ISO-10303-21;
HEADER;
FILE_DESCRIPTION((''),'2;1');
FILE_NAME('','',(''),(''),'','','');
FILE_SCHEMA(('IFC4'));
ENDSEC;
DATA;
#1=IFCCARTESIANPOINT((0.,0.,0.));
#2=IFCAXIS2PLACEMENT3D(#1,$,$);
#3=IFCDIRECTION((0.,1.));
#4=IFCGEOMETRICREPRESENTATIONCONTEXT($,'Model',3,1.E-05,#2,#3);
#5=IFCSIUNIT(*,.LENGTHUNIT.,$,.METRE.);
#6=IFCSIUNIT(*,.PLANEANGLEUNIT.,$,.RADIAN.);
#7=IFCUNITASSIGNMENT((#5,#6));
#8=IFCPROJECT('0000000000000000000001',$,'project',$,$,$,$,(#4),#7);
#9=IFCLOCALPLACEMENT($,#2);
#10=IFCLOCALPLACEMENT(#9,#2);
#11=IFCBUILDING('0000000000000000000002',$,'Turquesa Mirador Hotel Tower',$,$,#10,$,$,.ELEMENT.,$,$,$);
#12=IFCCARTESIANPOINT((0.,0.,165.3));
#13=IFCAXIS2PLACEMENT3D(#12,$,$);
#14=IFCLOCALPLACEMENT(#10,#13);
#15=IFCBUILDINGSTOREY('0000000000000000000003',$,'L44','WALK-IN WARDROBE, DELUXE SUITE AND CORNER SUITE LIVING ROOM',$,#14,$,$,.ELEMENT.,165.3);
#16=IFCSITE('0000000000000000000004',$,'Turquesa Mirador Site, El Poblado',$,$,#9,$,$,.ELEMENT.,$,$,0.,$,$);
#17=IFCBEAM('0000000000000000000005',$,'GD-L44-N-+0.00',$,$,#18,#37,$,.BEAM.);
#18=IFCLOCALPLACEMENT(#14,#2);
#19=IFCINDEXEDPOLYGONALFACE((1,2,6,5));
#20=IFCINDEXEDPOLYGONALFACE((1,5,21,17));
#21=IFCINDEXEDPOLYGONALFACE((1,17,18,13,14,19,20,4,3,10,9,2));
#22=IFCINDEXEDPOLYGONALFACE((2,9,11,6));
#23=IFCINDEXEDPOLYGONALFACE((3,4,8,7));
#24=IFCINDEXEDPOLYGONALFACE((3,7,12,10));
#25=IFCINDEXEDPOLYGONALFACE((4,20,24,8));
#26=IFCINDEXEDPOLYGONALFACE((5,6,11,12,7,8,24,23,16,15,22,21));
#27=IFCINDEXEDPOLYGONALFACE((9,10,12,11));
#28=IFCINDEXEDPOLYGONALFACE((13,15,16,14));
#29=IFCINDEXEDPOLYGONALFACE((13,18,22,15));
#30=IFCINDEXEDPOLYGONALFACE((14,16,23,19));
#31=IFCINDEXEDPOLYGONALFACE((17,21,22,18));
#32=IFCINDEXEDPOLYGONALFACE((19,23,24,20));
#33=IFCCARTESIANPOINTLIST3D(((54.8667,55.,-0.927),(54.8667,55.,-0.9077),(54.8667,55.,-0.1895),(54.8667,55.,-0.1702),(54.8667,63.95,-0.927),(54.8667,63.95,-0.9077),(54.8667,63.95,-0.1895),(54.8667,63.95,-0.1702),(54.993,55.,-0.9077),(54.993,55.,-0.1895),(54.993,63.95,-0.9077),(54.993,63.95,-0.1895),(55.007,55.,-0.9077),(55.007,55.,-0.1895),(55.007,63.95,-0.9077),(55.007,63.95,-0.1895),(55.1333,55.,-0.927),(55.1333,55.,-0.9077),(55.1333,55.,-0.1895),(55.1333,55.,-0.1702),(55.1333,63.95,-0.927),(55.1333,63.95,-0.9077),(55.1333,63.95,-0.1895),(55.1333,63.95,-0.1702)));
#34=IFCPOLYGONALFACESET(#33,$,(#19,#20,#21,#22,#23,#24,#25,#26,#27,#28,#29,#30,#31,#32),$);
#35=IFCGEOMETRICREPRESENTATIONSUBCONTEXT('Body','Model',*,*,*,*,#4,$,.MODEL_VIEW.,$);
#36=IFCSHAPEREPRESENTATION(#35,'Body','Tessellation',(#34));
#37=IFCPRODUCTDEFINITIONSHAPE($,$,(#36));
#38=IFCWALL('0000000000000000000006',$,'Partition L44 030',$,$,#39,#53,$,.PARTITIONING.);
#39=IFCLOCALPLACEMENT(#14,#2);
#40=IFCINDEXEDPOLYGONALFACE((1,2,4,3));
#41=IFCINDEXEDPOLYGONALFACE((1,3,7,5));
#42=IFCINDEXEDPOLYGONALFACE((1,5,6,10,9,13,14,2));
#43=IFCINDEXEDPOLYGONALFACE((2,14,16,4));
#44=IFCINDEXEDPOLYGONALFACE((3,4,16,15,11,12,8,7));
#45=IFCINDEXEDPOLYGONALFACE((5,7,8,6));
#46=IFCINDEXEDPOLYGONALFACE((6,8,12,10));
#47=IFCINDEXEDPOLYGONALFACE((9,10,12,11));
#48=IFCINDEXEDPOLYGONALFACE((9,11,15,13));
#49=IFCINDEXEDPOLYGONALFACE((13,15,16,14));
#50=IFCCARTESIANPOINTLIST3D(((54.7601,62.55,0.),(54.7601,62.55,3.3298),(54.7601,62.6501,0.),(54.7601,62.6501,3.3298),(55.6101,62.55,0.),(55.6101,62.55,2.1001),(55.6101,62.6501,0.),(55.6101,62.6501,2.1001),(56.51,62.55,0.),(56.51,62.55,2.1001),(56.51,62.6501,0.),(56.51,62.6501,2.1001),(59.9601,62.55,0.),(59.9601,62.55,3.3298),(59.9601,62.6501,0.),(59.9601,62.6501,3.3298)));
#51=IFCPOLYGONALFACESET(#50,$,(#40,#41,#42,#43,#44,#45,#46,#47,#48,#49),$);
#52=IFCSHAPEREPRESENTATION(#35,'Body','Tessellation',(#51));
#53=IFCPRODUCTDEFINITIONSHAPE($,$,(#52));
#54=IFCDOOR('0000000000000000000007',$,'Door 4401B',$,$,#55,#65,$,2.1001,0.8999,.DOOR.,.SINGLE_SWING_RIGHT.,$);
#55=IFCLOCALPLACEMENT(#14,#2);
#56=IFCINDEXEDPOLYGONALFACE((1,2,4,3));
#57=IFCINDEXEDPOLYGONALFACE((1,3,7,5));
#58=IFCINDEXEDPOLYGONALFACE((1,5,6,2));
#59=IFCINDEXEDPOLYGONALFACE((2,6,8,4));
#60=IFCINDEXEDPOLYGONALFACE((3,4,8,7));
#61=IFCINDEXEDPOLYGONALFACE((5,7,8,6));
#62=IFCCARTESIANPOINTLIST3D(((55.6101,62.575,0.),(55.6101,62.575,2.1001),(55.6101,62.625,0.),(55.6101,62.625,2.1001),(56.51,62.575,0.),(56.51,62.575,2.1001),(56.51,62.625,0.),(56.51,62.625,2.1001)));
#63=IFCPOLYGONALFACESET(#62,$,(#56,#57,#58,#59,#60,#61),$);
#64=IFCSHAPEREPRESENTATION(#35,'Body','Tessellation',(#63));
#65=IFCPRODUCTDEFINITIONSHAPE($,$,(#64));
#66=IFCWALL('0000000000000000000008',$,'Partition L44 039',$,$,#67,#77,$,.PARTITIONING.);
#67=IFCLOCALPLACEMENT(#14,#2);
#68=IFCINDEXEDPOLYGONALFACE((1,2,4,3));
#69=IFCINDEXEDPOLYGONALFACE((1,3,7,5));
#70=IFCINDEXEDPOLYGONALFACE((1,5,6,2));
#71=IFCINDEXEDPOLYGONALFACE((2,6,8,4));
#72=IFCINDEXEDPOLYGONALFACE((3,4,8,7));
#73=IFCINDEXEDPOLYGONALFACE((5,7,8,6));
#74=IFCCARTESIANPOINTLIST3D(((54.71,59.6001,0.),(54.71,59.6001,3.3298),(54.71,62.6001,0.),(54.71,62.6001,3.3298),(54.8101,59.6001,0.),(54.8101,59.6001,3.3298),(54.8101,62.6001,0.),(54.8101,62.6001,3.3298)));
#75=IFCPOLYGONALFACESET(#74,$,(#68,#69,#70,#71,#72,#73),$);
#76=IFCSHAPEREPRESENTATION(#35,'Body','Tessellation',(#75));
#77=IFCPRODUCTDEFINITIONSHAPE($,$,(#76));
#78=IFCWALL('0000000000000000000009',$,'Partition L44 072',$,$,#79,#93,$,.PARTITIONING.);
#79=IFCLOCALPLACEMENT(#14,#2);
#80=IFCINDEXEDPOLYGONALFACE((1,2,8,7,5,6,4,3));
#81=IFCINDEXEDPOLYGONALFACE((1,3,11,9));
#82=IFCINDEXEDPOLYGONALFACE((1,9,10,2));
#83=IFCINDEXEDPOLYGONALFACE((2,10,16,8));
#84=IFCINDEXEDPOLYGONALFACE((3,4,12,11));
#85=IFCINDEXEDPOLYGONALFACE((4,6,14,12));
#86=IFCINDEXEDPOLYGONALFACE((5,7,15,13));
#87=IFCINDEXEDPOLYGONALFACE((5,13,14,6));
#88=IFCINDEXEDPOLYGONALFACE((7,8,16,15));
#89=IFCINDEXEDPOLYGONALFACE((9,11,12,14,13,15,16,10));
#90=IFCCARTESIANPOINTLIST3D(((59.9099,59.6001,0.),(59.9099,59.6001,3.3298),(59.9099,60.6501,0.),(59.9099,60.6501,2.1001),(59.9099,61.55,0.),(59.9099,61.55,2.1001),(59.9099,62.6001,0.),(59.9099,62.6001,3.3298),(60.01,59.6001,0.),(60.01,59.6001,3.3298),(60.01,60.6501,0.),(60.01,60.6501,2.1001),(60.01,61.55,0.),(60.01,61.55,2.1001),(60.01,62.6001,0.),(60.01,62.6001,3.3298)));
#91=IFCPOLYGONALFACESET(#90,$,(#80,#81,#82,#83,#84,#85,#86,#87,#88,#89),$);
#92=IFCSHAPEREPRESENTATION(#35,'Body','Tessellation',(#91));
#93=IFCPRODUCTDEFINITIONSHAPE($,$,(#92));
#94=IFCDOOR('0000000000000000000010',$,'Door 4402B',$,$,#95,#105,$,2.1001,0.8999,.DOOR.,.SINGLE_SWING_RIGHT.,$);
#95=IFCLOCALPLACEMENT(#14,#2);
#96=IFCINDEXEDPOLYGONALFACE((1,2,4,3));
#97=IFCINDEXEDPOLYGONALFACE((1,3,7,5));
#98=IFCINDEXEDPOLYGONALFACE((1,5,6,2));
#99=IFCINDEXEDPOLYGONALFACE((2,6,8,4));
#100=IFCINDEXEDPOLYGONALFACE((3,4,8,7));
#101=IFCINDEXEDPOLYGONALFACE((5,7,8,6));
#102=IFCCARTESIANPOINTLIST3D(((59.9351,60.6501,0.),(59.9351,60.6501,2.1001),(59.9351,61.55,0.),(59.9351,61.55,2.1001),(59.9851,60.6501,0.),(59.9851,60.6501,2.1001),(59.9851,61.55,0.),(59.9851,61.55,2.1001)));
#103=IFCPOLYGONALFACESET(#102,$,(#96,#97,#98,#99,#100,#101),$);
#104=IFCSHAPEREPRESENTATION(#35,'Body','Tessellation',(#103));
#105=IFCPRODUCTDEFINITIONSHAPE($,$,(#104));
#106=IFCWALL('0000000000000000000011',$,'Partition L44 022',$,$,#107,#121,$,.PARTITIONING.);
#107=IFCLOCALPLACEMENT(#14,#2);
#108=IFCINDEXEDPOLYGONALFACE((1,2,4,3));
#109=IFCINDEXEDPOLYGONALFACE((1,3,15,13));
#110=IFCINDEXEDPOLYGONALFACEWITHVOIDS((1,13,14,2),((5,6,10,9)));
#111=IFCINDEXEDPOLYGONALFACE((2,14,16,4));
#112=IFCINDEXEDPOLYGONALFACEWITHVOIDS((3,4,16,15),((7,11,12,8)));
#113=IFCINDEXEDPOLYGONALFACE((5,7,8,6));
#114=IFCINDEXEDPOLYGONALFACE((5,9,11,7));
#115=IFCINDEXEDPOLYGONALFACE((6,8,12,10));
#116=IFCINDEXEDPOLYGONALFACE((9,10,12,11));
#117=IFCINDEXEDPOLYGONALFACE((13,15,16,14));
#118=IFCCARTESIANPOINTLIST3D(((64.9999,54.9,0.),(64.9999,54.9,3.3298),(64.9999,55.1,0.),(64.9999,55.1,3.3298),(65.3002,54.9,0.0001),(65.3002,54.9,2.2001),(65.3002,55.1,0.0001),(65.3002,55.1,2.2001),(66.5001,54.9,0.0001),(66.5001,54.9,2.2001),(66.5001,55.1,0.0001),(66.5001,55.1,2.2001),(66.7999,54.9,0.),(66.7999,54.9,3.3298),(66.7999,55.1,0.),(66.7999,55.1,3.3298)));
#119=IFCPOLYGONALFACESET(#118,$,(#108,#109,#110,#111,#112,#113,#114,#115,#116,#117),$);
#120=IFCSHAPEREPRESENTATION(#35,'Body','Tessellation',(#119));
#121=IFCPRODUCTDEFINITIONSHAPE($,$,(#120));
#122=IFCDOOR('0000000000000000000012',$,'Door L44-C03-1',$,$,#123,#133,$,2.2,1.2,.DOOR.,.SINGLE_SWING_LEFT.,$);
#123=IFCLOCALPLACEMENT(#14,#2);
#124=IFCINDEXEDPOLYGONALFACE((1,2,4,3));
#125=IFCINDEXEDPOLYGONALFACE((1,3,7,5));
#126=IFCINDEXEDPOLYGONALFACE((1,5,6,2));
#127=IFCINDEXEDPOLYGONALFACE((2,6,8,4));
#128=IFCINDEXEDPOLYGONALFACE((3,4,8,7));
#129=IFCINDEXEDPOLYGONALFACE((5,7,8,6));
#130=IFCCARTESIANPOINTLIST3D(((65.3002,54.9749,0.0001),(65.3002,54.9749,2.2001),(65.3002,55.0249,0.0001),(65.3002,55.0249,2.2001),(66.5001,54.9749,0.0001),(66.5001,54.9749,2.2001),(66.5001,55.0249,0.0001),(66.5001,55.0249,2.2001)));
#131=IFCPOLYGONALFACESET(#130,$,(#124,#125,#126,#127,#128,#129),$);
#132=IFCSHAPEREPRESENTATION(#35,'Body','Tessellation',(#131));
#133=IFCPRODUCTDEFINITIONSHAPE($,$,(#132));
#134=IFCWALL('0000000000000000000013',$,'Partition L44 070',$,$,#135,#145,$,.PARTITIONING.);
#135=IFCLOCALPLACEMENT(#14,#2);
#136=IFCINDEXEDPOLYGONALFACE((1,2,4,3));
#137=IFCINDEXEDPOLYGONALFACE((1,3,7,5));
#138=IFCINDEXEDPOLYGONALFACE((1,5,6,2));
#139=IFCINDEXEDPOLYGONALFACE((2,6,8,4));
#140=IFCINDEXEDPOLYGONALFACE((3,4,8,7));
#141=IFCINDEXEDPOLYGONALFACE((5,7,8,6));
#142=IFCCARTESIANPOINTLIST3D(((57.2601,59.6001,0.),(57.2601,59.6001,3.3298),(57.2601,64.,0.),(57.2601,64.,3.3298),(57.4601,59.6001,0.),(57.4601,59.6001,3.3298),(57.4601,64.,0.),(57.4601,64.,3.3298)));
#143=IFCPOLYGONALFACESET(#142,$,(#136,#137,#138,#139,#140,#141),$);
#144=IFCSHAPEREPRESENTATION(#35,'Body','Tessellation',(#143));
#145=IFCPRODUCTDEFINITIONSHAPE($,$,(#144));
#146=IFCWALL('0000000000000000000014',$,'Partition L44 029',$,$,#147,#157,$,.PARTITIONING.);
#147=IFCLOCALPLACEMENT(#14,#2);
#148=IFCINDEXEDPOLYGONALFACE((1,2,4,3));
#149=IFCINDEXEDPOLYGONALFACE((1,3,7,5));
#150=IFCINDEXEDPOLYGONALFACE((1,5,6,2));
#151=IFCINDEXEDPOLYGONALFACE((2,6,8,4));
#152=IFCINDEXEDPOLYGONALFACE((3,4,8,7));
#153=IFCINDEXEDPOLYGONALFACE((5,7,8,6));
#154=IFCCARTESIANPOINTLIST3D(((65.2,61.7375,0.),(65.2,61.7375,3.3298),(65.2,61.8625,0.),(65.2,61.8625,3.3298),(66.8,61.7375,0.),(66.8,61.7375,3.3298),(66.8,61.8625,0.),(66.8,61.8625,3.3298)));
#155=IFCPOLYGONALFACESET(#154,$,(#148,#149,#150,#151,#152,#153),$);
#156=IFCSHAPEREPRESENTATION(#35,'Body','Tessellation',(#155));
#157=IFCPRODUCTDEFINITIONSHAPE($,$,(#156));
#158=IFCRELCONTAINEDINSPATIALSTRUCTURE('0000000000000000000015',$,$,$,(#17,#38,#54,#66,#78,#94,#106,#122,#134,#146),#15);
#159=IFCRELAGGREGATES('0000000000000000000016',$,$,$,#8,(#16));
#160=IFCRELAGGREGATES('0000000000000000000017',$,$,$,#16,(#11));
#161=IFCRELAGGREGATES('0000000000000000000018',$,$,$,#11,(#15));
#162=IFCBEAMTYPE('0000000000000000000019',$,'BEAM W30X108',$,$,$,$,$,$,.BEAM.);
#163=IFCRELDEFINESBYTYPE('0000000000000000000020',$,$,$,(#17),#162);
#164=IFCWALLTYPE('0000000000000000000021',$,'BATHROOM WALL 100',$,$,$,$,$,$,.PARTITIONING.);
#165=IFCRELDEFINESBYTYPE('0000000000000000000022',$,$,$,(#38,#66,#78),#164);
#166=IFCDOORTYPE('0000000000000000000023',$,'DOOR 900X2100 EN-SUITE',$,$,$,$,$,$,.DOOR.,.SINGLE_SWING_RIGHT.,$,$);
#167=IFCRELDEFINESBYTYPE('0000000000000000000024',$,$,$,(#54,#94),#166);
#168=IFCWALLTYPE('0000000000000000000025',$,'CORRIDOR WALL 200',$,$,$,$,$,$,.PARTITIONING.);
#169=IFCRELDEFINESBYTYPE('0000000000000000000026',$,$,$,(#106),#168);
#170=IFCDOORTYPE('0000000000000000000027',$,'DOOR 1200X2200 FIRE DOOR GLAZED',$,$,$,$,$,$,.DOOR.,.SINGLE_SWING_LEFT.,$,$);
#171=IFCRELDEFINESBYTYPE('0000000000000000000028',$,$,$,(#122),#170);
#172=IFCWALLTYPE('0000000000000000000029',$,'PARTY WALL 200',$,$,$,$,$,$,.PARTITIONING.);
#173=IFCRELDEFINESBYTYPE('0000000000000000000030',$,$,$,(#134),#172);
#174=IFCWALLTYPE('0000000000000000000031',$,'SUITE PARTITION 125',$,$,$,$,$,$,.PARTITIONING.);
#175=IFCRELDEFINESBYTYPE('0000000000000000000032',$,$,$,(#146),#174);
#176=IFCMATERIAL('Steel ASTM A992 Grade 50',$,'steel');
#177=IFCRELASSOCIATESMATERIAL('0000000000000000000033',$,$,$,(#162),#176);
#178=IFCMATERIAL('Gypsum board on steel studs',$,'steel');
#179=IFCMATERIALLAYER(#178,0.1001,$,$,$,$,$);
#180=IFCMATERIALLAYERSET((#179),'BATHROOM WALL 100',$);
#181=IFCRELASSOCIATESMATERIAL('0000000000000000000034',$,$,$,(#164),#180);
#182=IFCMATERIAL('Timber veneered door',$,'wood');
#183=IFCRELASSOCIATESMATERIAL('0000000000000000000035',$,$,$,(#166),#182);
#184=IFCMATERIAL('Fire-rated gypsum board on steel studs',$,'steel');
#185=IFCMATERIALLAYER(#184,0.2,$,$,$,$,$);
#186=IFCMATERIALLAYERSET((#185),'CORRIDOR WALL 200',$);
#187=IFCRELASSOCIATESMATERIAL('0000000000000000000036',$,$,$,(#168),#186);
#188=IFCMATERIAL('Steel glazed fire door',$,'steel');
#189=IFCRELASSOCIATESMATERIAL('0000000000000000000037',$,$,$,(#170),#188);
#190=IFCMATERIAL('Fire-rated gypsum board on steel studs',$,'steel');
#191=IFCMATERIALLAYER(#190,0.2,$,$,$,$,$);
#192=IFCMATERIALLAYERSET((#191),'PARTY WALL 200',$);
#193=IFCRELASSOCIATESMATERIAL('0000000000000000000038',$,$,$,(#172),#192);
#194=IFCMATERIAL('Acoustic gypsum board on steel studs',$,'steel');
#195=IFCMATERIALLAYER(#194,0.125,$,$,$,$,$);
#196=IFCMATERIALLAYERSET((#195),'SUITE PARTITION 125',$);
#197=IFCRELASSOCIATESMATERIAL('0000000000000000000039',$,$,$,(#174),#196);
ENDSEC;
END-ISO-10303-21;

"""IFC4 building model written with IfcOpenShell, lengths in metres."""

from ifc_helpers import new_model, si_unit, direction, frame, frame_2d, origin, origin_2d, place, context, subcontext, project, spatial, rectangle, i_section, extrude, material, layer, layer_set, material_profile, profile_set, type_object, element, fill, save


model = new_model("IFC4")

# Units and contexts
model_context = context("Model", 3, precision=1e-05, world=origin(), true_north=direction((0.0, 1.0)))
body_context = subcontext(model_context, "Body", "Model", "MODEL_VIEW")
ifc_project = project(units=[si_unit("LENGTHUNIT", "METRE"), si_unit("PLANEANGLEUNIT", "RADIAN")], contexts=[model_context])

# Site, building, storey
site_placement = place(None, origin())
site = spatial("IfcSite", under=ifc_project, at=site_placement, Name="Turquesa Mirador Site, El Poblado", CompositionType="ELEMENT", RefElevation=0.0)
building_placement = place(site_placement, origin())
building = spatial("IfcBuilding", under=site, at=building_placement, Name="Turquesa Mirador Hotel Tower", CompositionType="ELEMENT")
storey_placement = place(building_placement, frame((0.0, 0.0, 165.3)))
storey = spatial("IfcBuildingStorey", under=building, at=storey_placement, Name="L44", Description="WALK-IN WARDROBE, DELUXE SUITE AND CORNER SUITE LIVING ROOM", CompositionType="ELEMENT", Elevation=165.3)

# Beam
ifc_material_1 = material(Name="Steel ASTM A992 Grade 50", Category="steel")
ifc_material_profile_1 = material_profile(ifc_material_1, i_section(OverallWidth=0.2666, OverallDepth=0.7568, WebThickness=0.0139, FlangeThickness=0.0193, at=origin_2d()), Name="W30X108")
ifc_profile_set_1 = profile_set([ifc_material_profile_1], Name="Steel ASTM A992 Grade 50")
beam_type_1 = type_object("IfcBeamType", Name="BEAM W30X108", PredefinedType="BEAM", material=ifc_profile_set_1)
for number, where, z_axis, x_axis, name in (
    (1, (55.0, 63.95, -0.5486), (0.0, -1.0, 0.0), (1.0, 0.0, 0.0), "GD-L44-N-+0.00"),
):
    element("IfcBeam", number, at=place(storey_placement, frame(where, z_axis=z_axis, x_axis=x_axis)), inside=storey, type_object=beam_type_1, Name=name, PredefinedType="BEAM", context=body_context, shape_type="SweptSolid", body=[
        extrude(i_section(OverallWidth=0.2666, OverallDepth=0.7568, WebThickness=0.0139, FlangeThickness=0.0193, at=origin_2d()), origin(), (0.0, 0.0, 1.0), 8.95),
    ])

# Wall, opening, door
ifc_material_2 = material(Name="Gypsum board on steel studs", Category="steel")
ifc_layer_1 = layer(ifc_material_2, 0.1001)
ifc_layer_set_1 = layer_set([ifc_layer_1], Name="BATHROOM WALL 100")
wall_type_1 = type_object("IfcWallType", Name="BATHROOM WALL 100", PredefinedType="PARTITIONING", material=ifc_layer_set_1)
wall_1_placement = place(storey_placement, frame((54.76, 62.6001, 0.0), z_axis=(0.0, 0.0, 1.0), x_axis=(1.0, 0.0, 0.0)))
wall_1 = element("IfcWall", 2, at=wall_1_placement, inside=storey, type_object=wall_type_1, Name="Partition L44 030", PredefinedType="PARTITIONING", context=body_context, shape_type="SweptSolid", body=[
    extrude(rectangle(XDim=5.2, YDim=0.1001, at=frame_2d((2.6001, 0.0))), origin(), (0.0, 0.0, 1.0), 3.3298),
])
opening_1_placement = place(wall_1_placement, frame((0.8501, 0.0, 0.0)))
opening_1 = element("IfcOpeningElement", 3, at=opening_1_placement, cuts=wall_1, PredefinedType="OPENING", context=body_context, shape_type="SweptSolid", body=[
    extrude(rectangle(XDim=0.8999, YDim=2.1001, at=frame_2d((0.45, 1.05))), frame((0.0, 0.0601, 0.0), z_axis=(0.0, -1.0, 0.0), x_axis=(1.0, 0.0, 0.0)), (0.0, 0.0, 1.0), 0.1201),
])
ifc_material_3 = material(Name="Timber veneered door", Category="wood")
door_type_1 = type_object("IfcDoorType", Name="DOOR 900X2100 EN-SUITE", OperationType="SINGLE_SWING_RIGHT", PredefinedType="DOOR", material=ifc_material_3)
door_1_placement = place(opening_1_placement, origin())
door_1 = element("IfcDoor", 4, at=door_1_placement, inside=storey, type_object=door_type_1, Name="Door 4401B", OperationType="SINGLE_SWING_RIGHT", OverallHeight=2.1001, OverallWidth=0.8999, PredefinedType="DOOR", context=body_context, shape_type="SweptSolid", body=[
    extrude(rectangle(XDim=0.8999, YDim=2.1001, at=frame_2d((0.45, 1.05))), frame((0.0, 0.0249, 0.0), z_axis=(0.0, -1.0, 0.0), x_axis=(1.0, 0.0, 0.0)), (0.0, 0.0, 1.0), 0.05),
])
fill(opening_1, door_1)

# Wall
wall_2_placement = place(storey_placement, frame((54.76, 59.6001, 0.0), z_axis=(0.0, 0.0, 1.0), x_axis=(0.0, 1.0, 0.0)))
element("IfcWall", 5, at=wall_2_placement, inside=storey, type_object=wall_type_1, Name="Partition L44 039", PredefinedType="PARTITIONING", context=body_context, shape_type="SweptSolid", body=[
    extrude(rectangle(XDim=3.0, YDim=0.1001, at=frame_2d((1.5, 0.0))), origin(), (0.0, 0.0, 1.0), 3.3298),
])

# Walls, openings, doors
wall_3_placement = place(storey_placement, frame((59.96, 59.6001, 0.0), z_axis=(0.0, 0.0, 1.0), x_axis=(0.0, 1.0, 0.0)))
wall_3 = element("IfcWall", 6, at=wall_3_placement, inside=storey, type_object=wall_type_1, Name="Partition L44 072", PredefinedType="PARTITIONING", context=body_context, shape_type="SweptSolid", body=[
    extrude(rectangle(XDim=3.0, YDim=0.1001, at=frame_2d((1.5, 0.0))), origin(), (0.0, 0.0, 1.0), 3.3298),
])
opening_2_placement = place(wall_3_placement, frame((1.05, 0.0, 0.0)))
opening_2 = element("IfcOpeningElement", 7, at=opening_2_placement, cuts=wall_3, PredefinedType="OPENING", context=body_context, shape_type="SweptSolid", body=[
    extrude(rectangle(XDim=0.8999, YDim=2.1001, at=frame_2d((0.45, 1.05))), frame((0.0, 0.0601, 0.0), z_axis=(0.0, -1.0, 0.0), x_axis=(1.0, 0.0, 0.0)), (0.0, 0.0, 1.0), 0.1201),
])
door_2_placement = place(opening_2_placement, origin())
door_2 = element("IfcDoor", 8, at=door_2_placement, inside=storey, type_object=door_type_1, Name="Door 4402B", OperationType="SINGLE_SWING_RIGHT", OverallHeight=2.1001, OverallWidth=0.8999, PredefinedType="DOOR", context=body_context, shape_type="SweptSolid", body=[
    extrude(rectangle(XDim=0.8999, YDim=2.1001, at=frame_2d((0.45, 1.05))), frame((0.0, 0.0249, 0.0), z_axis=(0.0, -1.0, 0.0), x_axis=(1.0, 0.0, 0.0)), (0.0, 0.0, 1.0), 0.05),
])
fill(opening_2, door_2)
ifc_material_4 = material(Name="Fire-rated gypsum board on steel studs", Category="steel")
ifc_layer_2 = layer(ifc_material_4, 0.2)
ifc_layer_set_2 = layer_set([ifc_layer_2], Name="CORRIDOR WALL 200")
wall_type_2 = type_object("IfcWallType", Name="CORRIDOR WALL 200", PredefinedType="PARTITIONING", material=ifc_layer_set_2)
wall_4_placement = place(storey_placement, frame((65.0, 55.0, 0.0), z_axis=(0.0, 0.0, 1.0), x_axis=(1.0, 0.0, 0.0)))
wall_4 = element("IfcWall", 9, at=wall_4_placement, inside=storey, type_object=wall_type_2, Name="Partition L44 022", PredefinedType="PARTITIONING", context=body_context, shape_type="SweptSolid", body=[
    extrude(rectangle(XDim=1.8, YDim=0.2, at=frame_2d((0.8999, 0.0))), origin(), (0.0, 0.0, 1.0), 3.3298),
])
opening_3_placement = place(wall_4_placement, frame((0.3, 0.0, 0.0)))
opening_3 = element("IfcOpeningElement", 10, at=opening_3_placement, cuts=wall_4, PredefinedType="OPENING", context=body_context, shape_type="SweptSolid", body=[
    extrude(rectangle(XDim=1.2, YDim=2.2, at=frame_2d((0.6001, 1.1001))), frame((0.0, 0.1099, 0.0), z_axis=(0.0, -1.0, 0.0), x_axis=(1.0, 0.0, 0.0)), (0.0, 0.0, 1.0), 0.22),
])
ifc_material_5 = material(Name="Steel glazed fire door", Category="steel")
door_type_2 = type_object("IfcDoorType", Name="DOOR 1200X2200 FIRE DOOR GLAZED", OperationType="SINGLE_SWING_LEFT", PredefinedType="DOOR", material=ifc_material_5)
door_3_placement = place(opening_3_placement, origin())
door_3 = element("IfcDoor", 11, at=door_3_placement, inside=storey, type_object=door_type_2, Name="Door L44-C03-1", OperationType="SINGLE_SWING_LEFT", OverallHeight=2.2, OverallWidth=1.2, PredefinedType="DOOR", context=body_context, shape_type="SweptSolid", body=[
    extrude(rectangle(XDim=1.2, YDim=2.2, at=frame_2d((0.6001, 1.1001))), frame((0.0, 0.0249, 0.0), z_axis=(0.0, -1.0, 0.0), x_axis=(1.0, 0.0, 0.0)), (0.0, 0.0, 1.0), 0.05),
])
fill(opening_3, door_3)

# Walls
ifc_material_6 = material(Name="Fire-rated gypsum board on steel studs", Category="steel")
ifc_layer_3 = layer(ifc_material_6, 0.2)
ifc_layer_set_3 = layer_set([ifc_layer_3], Name="PARTY WALL 200")
wall_type_3 = type_object("IfcWallType", Name="PARTY WALL 200", PredefinedType="PARTITIONING", material=ifc_layer_set_3)
wall_5_placement = place(storey_placement, frame((57.3601, 59.6001, 0.0), z_axis=(0.0, 0.0, 1.0), x_axis=(0.0, 1.0, 0.0)))
element("IfcWall", 12, at=wall_5_placement, inside=storey, type_object=wall_type_3, Name="Partition L44 070", PredefinedType="PARTITIONING", context=body_context, shape_type="SweptSolid", body=[
    extrude(rectangle(XDim=4.3999, YDim=0.2, at=frame_2d((2.2, 0.0))), origin(), (0.0, 0.0, 1.0), 3.3298),
])
ifc_material_7 = material(Name="Acoustic gypsum board on steel studs", Category="steel")
ifc_layer_4 = layer(ifc_material_7, 0.125)
ifc_layer_set_4 = layer_set([ifc_layer_4], Name="SUITE PARTITION 125")
wall_type_4 = type_object("IfcWallType", Name="SUITE PARTITION 125", PredefinedType="PARTITIONING", material=ifc_layer_set_4)
wall_6_placement = place(storey_placement, frame((65.2, 61.8, 0.0), z_axis=(0.0, 0.0, 1.0), x_axis=(1.0, 0.0, 0.0)))
element("IfcWall", 13, at=wall_6_placement, inside=storey, type_object=wall_type_4, Name="Partition L44 029", PredefinedType="PARTITIONING", context=body_context, shape_type="SweptSolid", body=[
    extrude(rectangle(XDim=1.6001, YDim=0.125, at=frame_2d((0.8, 0.0))), origin(), (0.0, 0.0, 1.0), 3.3298),
])

save(model, "model.ifc")
